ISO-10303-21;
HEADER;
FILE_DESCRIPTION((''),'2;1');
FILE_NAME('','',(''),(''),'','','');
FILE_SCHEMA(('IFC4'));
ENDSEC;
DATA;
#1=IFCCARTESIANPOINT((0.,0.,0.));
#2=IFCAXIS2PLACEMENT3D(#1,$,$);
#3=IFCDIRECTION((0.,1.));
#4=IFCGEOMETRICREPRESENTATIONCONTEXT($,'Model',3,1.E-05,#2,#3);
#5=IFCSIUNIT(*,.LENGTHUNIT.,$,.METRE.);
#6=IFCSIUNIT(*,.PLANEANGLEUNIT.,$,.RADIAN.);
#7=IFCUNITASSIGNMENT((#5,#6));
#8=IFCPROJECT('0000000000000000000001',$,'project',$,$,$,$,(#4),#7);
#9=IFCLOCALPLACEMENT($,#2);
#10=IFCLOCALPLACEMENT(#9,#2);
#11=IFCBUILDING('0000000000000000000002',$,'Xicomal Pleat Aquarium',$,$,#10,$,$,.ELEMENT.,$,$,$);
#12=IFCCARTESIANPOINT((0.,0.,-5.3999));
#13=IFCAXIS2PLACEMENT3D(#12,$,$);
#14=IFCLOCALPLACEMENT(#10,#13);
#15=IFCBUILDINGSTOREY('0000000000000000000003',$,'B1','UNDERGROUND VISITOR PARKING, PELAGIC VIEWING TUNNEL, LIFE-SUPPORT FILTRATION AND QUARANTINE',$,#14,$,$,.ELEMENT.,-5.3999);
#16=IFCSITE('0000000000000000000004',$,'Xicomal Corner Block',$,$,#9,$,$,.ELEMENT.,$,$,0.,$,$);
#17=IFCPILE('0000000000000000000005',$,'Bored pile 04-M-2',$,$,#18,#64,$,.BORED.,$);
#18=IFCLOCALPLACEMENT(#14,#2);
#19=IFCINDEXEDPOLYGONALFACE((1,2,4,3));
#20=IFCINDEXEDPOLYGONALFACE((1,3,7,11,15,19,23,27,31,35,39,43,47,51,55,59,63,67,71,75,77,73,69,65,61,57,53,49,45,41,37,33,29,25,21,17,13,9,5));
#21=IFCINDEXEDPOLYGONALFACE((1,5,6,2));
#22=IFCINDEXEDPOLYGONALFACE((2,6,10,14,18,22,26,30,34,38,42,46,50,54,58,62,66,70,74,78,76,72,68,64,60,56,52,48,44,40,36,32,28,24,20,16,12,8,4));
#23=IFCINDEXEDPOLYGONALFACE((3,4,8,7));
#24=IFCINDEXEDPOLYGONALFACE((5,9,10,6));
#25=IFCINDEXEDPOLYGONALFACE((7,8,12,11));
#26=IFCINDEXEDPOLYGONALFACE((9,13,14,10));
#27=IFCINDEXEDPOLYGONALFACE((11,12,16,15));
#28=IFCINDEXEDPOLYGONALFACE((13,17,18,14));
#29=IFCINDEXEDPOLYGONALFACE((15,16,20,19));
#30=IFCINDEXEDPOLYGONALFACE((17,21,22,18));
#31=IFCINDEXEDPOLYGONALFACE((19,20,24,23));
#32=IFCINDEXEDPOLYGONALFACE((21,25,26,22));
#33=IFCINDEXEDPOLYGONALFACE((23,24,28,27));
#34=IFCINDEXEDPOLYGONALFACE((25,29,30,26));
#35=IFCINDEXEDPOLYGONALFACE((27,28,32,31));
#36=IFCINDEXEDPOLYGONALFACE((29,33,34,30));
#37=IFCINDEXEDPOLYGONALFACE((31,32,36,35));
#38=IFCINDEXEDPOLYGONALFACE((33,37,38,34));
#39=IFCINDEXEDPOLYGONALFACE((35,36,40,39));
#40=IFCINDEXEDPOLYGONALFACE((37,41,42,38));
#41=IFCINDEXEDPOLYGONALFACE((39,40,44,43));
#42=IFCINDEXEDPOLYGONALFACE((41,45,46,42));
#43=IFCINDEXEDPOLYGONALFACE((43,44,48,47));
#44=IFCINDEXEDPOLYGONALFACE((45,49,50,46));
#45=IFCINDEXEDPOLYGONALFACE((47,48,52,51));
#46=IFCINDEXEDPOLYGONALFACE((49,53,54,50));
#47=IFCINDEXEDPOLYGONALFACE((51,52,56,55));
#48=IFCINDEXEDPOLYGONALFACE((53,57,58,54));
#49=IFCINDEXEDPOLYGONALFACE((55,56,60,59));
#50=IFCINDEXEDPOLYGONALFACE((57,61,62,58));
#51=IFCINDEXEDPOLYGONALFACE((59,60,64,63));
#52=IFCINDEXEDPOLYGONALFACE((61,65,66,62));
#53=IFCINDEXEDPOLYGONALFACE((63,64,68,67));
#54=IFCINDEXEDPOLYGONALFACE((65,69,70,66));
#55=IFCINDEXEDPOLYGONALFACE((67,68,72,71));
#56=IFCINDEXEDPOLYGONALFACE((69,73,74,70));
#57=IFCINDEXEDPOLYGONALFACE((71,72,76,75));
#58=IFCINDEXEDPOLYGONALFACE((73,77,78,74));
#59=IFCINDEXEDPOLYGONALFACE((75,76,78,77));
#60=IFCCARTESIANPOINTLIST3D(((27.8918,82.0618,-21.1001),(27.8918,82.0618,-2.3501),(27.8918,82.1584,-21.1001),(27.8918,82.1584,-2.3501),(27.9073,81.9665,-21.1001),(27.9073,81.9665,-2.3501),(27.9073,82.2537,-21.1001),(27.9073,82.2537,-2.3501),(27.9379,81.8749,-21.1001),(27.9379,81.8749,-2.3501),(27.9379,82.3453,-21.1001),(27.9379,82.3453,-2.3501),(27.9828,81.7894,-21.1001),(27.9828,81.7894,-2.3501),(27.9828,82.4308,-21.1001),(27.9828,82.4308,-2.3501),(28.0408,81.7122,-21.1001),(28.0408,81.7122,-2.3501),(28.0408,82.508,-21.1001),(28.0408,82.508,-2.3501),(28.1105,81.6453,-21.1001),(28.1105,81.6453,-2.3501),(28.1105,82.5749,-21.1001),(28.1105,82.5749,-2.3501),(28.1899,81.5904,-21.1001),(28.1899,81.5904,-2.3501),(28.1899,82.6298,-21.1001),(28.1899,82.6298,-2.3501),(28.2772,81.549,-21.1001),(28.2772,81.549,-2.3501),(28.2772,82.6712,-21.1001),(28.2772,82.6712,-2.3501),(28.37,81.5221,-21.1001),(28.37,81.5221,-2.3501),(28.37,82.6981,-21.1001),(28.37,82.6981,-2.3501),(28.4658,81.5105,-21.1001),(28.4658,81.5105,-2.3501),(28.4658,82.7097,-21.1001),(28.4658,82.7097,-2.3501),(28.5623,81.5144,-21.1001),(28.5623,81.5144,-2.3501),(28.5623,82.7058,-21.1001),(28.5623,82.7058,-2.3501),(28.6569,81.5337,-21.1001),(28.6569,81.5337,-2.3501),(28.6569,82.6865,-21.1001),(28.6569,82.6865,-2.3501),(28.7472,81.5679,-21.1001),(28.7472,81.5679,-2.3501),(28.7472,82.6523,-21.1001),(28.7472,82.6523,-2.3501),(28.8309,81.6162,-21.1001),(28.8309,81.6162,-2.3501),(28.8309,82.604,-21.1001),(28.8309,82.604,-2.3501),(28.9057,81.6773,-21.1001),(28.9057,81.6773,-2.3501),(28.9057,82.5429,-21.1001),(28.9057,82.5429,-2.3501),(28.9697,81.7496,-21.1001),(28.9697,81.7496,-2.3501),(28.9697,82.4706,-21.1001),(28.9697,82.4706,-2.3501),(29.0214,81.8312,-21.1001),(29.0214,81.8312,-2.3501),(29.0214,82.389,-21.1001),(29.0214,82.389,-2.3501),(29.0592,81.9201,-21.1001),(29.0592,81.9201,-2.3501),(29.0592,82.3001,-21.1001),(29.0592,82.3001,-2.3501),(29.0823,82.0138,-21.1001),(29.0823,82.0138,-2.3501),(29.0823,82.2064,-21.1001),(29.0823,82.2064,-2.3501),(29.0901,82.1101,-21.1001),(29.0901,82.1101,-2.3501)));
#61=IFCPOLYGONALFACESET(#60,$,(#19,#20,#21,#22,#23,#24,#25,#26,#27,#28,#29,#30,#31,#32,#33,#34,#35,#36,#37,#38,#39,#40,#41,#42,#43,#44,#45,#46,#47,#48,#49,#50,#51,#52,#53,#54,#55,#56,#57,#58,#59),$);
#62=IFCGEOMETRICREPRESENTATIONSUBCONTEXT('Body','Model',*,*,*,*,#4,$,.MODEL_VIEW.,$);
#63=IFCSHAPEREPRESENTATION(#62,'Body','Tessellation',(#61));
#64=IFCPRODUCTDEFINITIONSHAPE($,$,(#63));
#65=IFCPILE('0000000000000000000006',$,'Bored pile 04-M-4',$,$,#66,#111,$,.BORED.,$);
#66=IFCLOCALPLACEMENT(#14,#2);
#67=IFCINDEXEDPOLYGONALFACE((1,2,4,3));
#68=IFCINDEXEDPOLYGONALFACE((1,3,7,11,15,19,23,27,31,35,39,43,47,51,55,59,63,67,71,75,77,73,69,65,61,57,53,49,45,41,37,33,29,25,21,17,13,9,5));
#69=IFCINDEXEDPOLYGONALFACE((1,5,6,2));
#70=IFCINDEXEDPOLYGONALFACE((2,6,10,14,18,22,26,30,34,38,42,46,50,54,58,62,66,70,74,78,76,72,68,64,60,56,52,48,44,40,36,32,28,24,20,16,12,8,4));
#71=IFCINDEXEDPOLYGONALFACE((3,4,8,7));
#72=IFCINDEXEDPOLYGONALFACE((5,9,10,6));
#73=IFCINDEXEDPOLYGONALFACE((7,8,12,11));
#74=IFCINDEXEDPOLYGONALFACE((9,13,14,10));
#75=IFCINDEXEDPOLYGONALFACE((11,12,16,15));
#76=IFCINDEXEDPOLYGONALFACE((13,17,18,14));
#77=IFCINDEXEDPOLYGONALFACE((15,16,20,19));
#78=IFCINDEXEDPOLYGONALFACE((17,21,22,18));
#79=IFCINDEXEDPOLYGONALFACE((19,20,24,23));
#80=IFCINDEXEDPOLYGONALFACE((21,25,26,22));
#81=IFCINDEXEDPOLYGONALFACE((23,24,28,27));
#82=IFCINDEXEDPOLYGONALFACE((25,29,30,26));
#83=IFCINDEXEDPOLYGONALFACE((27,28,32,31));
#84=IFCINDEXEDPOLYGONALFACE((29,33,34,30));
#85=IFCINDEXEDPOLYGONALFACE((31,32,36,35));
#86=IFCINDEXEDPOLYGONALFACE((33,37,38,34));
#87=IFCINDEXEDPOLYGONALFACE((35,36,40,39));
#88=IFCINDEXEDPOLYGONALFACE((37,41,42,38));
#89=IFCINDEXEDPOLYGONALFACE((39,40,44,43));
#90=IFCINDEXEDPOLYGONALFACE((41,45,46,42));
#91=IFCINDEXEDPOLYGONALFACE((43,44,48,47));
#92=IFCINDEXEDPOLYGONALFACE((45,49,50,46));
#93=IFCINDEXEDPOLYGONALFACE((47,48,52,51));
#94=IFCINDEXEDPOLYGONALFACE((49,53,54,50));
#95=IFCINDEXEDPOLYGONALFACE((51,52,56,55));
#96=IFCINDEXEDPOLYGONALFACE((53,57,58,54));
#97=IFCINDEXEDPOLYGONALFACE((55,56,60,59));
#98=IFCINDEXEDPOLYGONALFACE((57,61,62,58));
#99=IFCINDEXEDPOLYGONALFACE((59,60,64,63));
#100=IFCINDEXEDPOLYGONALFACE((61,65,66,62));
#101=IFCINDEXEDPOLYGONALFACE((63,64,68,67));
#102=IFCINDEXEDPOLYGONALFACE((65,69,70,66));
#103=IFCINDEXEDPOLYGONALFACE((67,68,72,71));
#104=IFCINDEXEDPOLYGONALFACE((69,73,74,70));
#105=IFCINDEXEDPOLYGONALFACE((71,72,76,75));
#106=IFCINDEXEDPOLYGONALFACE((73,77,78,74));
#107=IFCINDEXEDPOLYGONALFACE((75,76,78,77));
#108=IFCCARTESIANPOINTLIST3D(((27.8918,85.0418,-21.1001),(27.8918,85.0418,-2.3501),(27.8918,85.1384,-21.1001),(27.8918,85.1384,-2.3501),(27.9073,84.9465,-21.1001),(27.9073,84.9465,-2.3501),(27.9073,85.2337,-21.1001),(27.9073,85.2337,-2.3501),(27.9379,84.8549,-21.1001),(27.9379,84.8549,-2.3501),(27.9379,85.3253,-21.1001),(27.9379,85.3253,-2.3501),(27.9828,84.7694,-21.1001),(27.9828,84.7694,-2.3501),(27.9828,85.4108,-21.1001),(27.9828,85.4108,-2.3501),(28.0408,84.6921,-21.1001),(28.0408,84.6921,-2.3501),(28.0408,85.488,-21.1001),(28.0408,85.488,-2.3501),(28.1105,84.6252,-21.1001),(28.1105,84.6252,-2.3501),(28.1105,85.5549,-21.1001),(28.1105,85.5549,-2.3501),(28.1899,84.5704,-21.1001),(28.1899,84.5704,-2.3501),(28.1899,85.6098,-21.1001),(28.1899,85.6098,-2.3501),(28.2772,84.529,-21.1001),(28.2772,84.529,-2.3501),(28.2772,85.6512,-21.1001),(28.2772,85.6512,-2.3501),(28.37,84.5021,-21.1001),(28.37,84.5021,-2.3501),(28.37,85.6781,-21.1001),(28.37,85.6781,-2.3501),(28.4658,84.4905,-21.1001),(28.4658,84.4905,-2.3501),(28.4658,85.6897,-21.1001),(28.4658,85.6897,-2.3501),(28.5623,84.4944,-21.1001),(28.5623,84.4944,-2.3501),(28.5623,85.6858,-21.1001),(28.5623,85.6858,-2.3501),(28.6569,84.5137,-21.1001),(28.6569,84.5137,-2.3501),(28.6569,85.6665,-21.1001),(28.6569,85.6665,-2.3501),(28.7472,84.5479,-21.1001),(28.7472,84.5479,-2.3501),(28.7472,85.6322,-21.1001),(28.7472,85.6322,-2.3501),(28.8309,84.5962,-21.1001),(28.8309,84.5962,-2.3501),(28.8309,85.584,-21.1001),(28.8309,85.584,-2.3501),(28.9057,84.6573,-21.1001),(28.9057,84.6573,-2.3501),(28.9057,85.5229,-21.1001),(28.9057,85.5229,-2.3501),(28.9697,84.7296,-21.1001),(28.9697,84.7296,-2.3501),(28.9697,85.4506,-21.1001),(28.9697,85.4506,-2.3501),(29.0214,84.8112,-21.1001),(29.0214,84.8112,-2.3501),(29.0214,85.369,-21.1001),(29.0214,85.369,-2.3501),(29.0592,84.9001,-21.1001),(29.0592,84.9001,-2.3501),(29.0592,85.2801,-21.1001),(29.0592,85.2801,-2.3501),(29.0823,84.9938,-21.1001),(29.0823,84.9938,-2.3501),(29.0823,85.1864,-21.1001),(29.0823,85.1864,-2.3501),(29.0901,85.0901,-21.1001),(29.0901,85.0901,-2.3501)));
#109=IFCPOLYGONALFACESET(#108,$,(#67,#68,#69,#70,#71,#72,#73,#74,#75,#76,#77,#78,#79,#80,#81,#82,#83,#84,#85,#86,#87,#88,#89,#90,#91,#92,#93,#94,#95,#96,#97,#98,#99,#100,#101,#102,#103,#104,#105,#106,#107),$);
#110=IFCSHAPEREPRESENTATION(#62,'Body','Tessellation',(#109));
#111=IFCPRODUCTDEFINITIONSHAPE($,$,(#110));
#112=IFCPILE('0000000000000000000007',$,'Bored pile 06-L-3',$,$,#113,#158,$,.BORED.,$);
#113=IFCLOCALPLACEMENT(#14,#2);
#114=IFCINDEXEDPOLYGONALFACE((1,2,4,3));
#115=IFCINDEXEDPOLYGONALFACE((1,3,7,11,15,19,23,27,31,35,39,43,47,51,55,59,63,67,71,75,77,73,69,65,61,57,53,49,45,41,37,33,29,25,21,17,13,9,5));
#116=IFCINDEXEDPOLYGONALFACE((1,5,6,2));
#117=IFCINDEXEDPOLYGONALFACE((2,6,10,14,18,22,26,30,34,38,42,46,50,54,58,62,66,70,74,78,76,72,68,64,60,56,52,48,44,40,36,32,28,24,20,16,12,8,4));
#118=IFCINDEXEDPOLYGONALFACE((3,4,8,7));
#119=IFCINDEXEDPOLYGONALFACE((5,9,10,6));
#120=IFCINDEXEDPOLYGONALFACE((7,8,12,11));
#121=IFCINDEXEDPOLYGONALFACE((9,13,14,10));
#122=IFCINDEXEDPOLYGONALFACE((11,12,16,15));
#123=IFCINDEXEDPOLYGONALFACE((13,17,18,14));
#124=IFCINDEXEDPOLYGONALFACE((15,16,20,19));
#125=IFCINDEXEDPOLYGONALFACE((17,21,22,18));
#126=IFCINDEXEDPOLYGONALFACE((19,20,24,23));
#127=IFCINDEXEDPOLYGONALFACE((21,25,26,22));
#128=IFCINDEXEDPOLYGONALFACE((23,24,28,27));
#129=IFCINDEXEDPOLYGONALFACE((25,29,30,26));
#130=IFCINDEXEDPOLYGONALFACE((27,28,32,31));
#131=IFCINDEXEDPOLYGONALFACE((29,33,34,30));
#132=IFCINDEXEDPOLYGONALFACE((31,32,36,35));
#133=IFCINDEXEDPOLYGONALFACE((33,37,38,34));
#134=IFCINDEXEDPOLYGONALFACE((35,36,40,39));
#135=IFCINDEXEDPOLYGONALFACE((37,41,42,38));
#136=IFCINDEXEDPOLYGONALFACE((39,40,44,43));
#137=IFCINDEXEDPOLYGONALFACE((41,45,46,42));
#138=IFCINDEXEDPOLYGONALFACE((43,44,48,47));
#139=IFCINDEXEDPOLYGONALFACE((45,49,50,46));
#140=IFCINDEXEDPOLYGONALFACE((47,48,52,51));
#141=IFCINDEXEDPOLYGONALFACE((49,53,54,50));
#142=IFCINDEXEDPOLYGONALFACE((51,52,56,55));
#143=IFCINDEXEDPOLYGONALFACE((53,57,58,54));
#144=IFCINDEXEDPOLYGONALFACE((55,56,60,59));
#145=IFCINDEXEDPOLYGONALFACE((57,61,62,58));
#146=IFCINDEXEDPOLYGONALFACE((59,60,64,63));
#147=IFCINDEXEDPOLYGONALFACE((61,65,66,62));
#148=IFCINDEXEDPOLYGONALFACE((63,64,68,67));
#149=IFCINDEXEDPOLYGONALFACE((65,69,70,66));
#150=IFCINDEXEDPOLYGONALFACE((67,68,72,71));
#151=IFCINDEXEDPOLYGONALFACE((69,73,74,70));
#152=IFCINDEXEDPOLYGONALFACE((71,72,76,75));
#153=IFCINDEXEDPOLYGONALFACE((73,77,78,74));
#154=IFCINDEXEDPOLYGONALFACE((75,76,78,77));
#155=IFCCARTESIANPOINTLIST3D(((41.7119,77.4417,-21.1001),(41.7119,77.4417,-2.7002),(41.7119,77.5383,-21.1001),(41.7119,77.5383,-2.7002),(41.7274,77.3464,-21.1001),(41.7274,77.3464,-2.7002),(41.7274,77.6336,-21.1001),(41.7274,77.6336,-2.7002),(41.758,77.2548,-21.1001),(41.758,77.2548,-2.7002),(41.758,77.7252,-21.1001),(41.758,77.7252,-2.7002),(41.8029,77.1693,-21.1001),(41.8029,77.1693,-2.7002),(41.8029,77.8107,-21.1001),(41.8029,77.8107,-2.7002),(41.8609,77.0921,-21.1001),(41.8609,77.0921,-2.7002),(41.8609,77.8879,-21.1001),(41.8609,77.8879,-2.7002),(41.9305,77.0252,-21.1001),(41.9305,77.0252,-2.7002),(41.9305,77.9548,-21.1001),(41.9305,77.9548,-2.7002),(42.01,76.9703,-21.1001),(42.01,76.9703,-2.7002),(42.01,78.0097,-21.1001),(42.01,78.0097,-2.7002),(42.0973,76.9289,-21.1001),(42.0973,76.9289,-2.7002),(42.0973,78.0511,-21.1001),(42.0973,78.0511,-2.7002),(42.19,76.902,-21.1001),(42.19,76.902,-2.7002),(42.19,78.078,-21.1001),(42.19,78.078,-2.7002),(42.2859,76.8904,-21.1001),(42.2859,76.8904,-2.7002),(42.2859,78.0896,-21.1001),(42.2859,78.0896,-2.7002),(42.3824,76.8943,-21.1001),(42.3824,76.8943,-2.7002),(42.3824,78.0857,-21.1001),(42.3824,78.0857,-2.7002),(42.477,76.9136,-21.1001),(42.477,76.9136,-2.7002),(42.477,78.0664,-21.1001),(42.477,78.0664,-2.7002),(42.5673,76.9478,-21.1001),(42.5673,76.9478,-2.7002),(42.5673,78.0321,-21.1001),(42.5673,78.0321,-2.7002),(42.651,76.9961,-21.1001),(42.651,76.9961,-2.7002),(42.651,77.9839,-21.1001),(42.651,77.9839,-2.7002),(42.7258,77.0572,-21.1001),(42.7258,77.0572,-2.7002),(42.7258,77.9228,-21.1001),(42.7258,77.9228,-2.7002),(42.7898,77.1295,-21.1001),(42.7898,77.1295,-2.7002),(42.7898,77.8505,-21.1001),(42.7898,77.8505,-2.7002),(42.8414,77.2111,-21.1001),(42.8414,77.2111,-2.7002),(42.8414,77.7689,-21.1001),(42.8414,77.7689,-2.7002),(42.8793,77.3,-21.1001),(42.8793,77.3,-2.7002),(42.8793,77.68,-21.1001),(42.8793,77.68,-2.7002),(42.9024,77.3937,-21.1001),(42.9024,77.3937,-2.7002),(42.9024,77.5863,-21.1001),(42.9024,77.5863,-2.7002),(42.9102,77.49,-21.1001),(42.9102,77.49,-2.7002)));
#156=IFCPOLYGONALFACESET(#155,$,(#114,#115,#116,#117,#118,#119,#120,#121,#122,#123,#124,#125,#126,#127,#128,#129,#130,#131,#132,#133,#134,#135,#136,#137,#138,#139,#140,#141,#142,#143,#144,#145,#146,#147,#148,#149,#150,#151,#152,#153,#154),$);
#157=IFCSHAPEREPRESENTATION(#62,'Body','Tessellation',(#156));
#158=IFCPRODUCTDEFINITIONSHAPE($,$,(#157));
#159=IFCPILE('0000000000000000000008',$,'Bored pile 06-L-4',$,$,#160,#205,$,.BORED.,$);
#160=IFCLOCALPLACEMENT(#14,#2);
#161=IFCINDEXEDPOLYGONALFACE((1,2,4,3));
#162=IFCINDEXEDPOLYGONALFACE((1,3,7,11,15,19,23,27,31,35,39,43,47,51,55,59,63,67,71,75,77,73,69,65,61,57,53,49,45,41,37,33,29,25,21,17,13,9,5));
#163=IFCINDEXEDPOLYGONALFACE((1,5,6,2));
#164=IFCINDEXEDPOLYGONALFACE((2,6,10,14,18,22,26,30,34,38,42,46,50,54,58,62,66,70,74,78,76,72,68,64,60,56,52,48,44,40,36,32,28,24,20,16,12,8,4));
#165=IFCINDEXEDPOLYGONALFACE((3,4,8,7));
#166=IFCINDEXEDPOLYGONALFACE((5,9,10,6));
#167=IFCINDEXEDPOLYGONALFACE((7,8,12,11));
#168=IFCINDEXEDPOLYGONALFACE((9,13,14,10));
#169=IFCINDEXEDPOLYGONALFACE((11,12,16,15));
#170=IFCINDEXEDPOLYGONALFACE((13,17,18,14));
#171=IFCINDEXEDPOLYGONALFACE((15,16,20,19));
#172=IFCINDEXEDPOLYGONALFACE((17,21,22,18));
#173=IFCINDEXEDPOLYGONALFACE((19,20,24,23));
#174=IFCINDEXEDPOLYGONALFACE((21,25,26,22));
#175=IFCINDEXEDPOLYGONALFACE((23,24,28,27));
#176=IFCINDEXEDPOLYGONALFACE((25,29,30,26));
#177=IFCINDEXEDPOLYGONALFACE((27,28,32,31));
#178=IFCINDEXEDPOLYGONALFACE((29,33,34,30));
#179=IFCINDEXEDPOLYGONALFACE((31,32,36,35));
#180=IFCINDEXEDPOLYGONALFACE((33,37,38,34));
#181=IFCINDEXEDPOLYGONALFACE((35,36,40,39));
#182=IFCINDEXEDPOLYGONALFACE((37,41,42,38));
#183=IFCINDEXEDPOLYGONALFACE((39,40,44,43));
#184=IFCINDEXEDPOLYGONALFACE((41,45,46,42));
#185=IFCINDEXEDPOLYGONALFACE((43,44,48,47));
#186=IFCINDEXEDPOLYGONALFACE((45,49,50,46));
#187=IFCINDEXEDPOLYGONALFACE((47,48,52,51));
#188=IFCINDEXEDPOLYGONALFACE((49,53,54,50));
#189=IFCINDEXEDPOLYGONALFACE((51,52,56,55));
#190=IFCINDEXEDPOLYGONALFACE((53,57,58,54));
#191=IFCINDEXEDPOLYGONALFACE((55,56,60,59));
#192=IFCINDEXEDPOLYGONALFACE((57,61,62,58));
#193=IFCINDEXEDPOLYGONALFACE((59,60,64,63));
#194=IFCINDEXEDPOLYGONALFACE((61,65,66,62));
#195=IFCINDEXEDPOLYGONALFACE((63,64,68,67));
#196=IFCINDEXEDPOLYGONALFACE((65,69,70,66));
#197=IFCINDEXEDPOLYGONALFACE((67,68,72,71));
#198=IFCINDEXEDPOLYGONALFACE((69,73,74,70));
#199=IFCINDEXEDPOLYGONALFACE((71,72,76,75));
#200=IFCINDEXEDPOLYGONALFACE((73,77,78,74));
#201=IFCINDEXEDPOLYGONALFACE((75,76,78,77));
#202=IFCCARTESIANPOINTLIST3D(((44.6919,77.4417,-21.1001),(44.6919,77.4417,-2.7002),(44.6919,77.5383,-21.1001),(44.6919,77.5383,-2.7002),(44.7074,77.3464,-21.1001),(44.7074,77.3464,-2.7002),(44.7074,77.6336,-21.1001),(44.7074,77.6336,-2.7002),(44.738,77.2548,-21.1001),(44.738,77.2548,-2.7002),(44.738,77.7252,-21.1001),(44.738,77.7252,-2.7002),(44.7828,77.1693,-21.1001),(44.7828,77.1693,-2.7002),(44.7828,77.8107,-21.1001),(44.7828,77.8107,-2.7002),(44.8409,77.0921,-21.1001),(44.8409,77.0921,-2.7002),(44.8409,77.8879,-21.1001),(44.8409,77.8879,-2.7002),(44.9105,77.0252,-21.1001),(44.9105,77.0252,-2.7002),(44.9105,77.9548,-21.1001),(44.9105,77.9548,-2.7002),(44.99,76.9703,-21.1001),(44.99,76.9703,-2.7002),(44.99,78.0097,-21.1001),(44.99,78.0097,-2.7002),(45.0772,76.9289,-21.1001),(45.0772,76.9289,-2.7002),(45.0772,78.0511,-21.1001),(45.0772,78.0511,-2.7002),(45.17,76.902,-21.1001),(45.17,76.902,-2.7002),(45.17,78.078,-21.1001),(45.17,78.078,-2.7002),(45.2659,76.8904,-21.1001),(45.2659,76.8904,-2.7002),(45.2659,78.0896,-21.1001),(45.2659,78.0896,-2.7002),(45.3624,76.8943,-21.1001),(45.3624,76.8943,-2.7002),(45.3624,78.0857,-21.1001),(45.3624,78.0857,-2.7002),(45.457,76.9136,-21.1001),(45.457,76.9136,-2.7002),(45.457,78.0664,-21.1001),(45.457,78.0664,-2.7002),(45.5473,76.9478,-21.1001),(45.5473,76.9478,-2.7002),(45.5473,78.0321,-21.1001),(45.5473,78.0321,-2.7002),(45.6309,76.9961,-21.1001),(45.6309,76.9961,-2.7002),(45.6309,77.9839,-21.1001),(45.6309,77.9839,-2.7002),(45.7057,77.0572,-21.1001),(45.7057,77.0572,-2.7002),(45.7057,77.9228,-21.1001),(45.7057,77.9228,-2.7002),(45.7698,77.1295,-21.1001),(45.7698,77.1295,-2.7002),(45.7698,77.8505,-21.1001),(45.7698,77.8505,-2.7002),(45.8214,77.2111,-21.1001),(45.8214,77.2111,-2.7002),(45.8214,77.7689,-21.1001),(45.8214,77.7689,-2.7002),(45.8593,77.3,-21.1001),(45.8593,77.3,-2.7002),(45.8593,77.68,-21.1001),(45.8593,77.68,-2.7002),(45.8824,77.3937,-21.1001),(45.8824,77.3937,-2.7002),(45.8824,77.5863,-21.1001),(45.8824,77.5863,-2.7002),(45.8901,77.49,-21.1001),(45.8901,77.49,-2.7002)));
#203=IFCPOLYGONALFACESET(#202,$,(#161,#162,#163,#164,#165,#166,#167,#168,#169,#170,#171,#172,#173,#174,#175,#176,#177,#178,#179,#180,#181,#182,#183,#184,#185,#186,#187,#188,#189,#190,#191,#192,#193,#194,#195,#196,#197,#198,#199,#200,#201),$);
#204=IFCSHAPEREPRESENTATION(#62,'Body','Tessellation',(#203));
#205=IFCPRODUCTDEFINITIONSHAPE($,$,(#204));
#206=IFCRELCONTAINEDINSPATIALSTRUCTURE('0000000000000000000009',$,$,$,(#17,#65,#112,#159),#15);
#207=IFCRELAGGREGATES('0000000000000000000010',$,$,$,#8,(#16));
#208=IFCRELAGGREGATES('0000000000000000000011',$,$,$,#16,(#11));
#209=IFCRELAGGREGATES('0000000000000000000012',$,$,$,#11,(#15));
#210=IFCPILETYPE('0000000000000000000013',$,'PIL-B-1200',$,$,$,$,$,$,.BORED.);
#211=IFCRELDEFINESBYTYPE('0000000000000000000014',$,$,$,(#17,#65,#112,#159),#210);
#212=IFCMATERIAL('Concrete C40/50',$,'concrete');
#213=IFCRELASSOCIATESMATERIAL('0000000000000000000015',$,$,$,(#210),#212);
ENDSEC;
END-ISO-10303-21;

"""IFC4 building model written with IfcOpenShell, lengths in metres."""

from ifc_helpers import new_model, si_unit, direction, frame, origin, origin_2d, place, context, subcontext, project, spatial, circle, extrude, material, material_profile, profile_set, type_object, element, save


model = new_model("IFC4")

# Units and contexts
model_context = context("Model", 3, precision=1e-05, world=origin(), true_north=direction((0.0, 1.0)))
body_context = subcontext(model_context, "Body", "Model", "MODEL_VIEW")
ifc_project = project(units=[si_unit("LENGTHUNIT", "METRE"), si_unit("PLANEANGLEUNIT", "RADIAN")], contexts=[model_context])

# Site, building, storey
site_placement = place(None, origin())
site = spatial("IfcSite", under=ifc_project, at=site_placement, Name="Xicomal Corner Block", CompositionType="ELEMENT", RefElevation=0.0)
building_placement = place(site_placement, origin())
building = spatial("IfcBuilding", under=site, at=building_placement, Name="Xicomal Pleat Aquarium", CompositionType="ELEMENT")
storey_placement = place(building_placement, frame((0.0, 0.0, -5.3999)))
storey = spatial("IfcBuildingStorey", under=building, at=storey_placement, Name="B1", Description="UNDERGROUND VISITOR PARKING, PELAGIC VIEWING TUNNEL, LIFE-SUPPORT FILTRATION AND QUARANTINE", CompositionType="ELEMENT", Elevation=-5.3999)

# Piles
ifc_material_1 = material(Name="Concrete C40/50", Category="concrete")
ifc_material_profile_1 = material_profile(ifc_material_1, circle(Radius=0.6001, at=origin_2d()), Name="BORED PILE D1200")
ifc_profile_set_1 = profile_set([ifc_material_profile_1], Name="Concrete C40/50")
pile_type_1 = type_object("IfcPileType", Name="PIL-B-1200", PredefinedType="BORED", material=ifc_profile_set_1)
for number, where, z_axis, x_axis, name in (
    (1, (28.49, 82.1101, -2.3501), (0.0, 0.0, -1.0), (1.0, 0.0, 0.0), "Bored pile 04-M-2"),
    (2, (28.49, 85.0901, -2.3501), (0.0, 0.0, -1.0), (1.0, 0.0, 0.0), "Bored pile 04-M-4"),
):
    element("IfcPile", number, at=place(storey_placement, frame(where, z_axis=z_axis, x_axis=x_axis)), inside=storey, type_object=pile_type_1, Name=name, PredefinedType="BORED", context=body_context, shape_type="SweptSolid", body=[
        extrude(circle(Radius=0.6001, at=origin_2d()), origin(), (0.0, 0.0, 1.0), 18.75),
    ])
for number, where, z_axis, x_axis, name in (
    (3, (42.3101, 77.49, -2.7002), (0.0, 0.0, -1.0), (1.0, 0.0, 0.0), "Bored pile 06-L-3"),
    (4, (45.29, 77.49, -2.7002), (0.0, 0.0, -1.0), (1.0, 0.0, 0.0), "Bored pile 06-L-4"),
):
    element("IfcPile", number, at=place(storey_placement, frame(where, z_axis=z_axis, x_axis=x_axis)), inside=storey, type_object=pile_type_1, Name=name, PredefinedType="BORED", context=body_context, shape_type="SweptSolid", body=[
        extrude(circle(Radius=0.6001, at=origin_2d()), origin(), (0.0, 0.0, 1.0), 18.3999),
    ])

save(model, "model.ifc")
